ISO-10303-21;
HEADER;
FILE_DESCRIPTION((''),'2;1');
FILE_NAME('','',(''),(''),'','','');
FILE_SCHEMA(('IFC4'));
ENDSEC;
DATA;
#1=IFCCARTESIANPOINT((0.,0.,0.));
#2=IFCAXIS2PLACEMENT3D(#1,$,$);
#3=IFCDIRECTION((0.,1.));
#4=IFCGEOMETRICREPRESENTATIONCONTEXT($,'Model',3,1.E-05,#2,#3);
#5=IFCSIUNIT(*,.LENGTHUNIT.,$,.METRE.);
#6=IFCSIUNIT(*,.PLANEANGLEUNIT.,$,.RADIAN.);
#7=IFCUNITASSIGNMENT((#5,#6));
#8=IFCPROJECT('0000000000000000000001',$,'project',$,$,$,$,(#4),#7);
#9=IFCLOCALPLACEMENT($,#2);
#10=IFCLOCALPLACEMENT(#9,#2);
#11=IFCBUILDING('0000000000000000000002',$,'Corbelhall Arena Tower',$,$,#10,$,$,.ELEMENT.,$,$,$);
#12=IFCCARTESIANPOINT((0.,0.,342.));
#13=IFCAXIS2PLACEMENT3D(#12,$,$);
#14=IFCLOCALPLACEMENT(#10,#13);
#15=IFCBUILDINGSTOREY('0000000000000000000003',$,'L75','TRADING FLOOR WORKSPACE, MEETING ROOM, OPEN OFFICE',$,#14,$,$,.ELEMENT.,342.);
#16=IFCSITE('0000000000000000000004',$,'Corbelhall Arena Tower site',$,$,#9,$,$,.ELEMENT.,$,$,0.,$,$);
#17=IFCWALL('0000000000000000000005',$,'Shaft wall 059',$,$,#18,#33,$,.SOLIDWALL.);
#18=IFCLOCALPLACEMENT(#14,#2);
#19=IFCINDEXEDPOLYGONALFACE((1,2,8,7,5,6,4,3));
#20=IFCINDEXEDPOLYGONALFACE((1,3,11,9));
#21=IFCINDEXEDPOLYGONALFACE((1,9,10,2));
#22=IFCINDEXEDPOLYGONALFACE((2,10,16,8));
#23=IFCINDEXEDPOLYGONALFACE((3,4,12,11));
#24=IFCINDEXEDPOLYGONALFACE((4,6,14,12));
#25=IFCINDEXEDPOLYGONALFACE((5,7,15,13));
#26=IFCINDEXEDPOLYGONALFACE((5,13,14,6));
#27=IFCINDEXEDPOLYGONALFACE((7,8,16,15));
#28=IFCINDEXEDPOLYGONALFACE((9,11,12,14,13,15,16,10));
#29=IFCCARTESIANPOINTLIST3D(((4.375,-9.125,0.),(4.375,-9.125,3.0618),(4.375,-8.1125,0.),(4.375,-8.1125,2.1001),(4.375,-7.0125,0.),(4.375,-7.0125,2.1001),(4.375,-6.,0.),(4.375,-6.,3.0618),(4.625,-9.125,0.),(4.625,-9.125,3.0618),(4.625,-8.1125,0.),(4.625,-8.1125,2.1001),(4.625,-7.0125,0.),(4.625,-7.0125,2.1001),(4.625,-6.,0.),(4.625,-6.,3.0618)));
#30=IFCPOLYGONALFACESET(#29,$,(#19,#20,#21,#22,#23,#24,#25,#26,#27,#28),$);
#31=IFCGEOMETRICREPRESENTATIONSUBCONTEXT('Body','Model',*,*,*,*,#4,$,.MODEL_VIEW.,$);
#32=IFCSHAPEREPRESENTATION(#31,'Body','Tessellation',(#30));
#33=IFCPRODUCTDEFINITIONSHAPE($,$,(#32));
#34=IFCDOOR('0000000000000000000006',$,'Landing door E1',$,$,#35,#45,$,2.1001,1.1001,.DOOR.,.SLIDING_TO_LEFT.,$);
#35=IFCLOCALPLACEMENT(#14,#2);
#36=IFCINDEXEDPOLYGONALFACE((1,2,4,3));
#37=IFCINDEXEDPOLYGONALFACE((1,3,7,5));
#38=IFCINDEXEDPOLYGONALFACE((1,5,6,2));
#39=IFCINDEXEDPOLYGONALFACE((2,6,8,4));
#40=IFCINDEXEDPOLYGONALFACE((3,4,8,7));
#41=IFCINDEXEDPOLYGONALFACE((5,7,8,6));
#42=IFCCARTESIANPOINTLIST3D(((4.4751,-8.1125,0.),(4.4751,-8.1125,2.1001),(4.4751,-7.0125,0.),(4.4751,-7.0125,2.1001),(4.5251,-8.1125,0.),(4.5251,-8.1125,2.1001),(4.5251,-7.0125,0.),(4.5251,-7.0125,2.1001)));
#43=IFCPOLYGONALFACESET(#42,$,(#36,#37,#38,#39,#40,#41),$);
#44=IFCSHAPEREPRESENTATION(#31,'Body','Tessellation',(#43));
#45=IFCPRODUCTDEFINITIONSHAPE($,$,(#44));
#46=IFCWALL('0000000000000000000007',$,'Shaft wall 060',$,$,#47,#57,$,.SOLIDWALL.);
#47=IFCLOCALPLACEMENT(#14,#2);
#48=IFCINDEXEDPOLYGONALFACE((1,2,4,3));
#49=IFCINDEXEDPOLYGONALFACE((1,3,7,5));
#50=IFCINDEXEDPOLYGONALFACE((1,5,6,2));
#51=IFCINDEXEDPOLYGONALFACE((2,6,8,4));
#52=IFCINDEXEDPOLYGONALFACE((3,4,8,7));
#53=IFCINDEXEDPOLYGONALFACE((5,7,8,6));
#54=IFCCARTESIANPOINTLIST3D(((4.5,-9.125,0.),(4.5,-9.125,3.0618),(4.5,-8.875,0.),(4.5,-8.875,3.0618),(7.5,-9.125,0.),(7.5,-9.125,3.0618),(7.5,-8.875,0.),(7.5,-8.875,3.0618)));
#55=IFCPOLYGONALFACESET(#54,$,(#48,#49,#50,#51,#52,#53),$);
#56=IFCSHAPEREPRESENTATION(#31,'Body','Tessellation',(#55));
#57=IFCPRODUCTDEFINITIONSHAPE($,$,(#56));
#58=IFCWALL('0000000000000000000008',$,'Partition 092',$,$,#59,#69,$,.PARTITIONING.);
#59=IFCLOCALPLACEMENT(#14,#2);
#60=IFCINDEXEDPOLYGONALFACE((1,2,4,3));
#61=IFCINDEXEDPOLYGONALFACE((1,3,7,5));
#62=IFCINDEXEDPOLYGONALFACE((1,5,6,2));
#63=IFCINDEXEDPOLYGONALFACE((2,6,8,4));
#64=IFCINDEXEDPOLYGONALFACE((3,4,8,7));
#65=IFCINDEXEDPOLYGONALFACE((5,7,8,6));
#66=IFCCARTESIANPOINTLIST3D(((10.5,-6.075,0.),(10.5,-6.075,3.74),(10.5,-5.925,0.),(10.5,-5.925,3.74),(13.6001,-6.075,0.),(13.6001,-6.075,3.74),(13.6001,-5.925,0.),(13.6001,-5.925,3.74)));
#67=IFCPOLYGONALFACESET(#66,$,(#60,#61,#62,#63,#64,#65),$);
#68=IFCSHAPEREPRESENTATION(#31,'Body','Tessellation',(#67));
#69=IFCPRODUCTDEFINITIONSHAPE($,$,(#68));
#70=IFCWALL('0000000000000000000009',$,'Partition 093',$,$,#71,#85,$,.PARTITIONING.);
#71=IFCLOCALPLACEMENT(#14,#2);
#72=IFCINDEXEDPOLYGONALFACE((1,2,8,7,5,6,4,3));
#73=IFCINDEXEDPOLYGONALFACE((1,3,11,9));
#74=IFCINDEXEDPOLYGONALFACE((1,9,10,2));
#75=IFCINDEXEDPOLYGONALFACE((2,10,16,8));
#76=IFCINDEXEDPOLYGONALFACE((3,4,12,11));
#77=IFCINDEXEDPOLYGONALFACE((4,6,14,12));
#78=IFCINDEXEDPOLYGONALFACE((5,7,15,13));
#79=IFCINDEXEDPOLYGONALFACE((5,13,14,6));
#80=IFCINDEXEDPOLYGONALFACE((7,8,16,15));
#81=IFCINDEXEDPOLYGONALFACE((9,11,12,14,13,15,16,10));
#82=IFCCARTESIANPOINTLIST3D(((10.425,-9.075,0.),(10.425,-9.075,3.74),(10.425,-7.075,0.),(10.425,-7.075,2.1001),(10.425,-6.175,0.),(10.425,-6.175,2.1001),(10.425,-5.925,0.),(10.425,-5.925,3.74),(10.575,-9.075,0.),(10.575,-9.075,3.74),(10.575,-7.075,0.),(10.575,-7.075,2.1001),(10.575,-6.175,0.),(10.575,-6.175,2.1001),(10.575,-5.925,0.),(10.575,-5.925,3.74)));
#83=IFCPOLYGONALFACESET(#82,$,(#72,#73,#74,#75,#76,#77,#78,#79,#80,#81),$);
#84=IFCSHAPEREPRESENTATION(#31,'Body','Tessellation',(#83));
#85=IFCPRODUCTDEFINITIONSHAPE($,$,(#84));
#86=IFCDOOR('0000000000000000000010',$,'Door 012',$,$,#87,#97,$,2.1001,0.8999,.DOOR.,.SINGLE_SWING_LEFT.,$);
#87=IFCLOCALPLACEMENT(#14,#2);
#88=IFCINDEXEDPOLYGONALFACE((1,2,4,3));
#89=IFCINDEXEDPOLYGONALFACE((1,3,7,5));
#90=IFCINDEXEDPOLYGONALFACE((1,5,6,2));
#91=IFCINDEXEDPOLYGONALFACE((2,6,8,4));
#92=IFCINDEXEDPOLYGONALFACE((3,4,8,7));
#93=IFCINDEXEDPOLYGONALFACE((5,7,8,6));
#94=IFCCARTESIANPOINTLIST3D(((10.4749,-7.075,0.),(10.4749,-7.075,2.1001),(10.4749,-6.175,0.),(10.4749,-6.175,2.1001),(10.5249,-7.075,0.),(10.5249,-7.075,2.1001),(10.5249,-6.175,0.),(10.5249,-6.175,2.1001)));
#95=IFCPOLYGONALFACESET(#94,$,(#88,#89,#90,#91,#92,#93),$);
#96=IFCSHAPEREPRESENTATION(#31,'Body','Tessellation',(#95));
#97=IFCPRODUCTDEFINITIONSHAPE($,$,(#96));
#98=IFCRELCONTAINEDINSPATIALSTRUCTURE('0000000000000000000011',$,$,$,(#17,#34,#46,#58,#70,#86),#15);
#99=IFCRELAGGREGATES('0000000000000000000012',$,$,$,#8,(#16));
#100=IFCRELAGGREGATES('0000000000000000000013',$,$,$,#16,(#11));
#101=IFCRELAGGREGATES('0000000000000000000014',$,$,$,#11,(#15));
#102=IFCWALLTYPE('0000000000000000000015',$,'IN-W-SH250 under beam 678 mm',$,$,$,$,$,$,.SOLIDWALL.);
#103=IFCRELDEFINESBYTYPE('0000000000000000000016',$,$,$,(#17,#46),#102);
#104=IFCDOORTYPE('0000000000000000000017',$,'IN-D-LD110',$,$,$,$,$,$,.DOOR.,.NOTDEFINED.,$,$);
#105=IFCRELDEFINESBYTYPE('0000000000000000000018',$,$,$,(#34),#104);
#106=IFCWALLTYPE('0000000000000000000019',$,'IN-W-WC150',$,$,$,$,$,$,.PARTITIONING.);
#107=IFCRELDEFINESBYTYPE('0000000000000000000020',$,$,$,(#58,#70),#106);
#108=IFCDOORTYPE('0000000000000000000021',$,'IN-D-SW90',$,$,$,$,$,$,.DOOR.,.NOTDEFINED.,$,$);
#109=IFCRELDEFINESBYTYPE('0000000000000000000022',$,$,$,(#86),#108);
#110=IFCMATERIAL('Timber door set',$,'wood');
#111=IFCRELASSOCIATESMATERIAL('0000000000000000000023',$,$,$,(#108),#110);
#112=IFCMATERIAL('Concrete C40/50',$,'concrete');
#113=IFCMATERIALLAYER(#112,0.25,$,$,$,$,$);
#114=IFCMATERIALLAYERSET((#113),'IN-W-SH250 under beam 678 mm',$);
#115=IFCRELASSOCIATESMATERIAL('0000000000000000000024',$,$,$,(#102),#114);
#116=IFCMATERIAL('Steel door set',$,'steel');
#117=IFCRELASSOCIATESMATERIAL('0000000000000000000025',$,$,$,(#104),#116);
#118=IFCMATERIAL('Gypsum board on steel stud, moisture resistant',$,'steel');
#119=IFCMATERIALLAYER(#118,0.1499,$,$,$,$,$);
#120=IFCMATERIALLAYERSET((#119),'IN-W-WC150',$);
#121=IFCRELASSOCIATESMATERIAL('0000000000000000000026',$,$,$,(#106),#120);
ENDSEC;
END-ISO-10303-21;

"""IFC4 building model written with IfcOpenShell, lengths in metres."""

from ifc_helpers import new_model, si_unit, direction, frame, frame_2d, origin, place, context, subcontext, project, spatial, rectangle, extrude, material, layer, layer_set, type_object, element, fill, save


model = new_model("IFC4")

# Units and contexts
model_context = context("Model", 3, precision=1e-05, world=origin(), true_north=direction((0.0, 1.0)))
body_context = subcontext(model_context, "Body", "Model", "MODEL_VIEW")
ifc_project = project(units=[si_unit("LENGTHUNIT", "METRE"), si_unit("PLANEANGLEUNIT", "RADIAN")], contexts=[model_context])

# Site, building, storey
site_placement = place(None, origin())
site = spatial("IfcSite", under=ifc_project, at=site_placement, Name="Corbelhall Arena Tower site", CompositionType="ELEMENT", RefElevation=0.0)
building_placement = place(site_placement, origin())
building = spatial("IfcBuilding", under=site, at=building_placement, Name="Corbelhall Arena Tower", CompositionType="ELEMENT")
storey_placement = place(building_placement, frame((0.0, 0.0, 342.0)))
storey = spatial("IfcBuildingStorey", under=building, at=storey_placement, Name="L75", Description="TRADING FLOOR WORKSPACE, MEETING ROOM, OPEN OFFICE", CompositionType="ELEMENT", Elevation=342.0)

# Shared definitions
ifc_material_1 = material(Name="Concrete C40/50", Category="concrete")

# Shared definitions
ifc_material_2 = material(Name="Timber door set", Category="wood")
door_type_1 = type_object("IfcDoorType", Name="IN-D-SW90", OperationType="NOTDEFINED", PredefinedType="DOOR", material=ifc_material_2)

# Shared definitions
ifc_material_3 = material(Name="Steel door set", Category="steel")

# Wall, opening, door
ifc_layer_1 = layer(ifc_material_1, 0.25)
ifc_layer_set_1 = layer_set([ifc_layer_1], Name="IN-W-SH250 under beam 678 mm")
wall_type_1 = type_object("IfcWallType", Name="IN-W-SH250 under beam 678 mm", PredefinedType="SOLIDWALL", material=ifc_layer_set_1)
wall_1_placement = place(storey_placement, frame((4.5, -9.125, 0.0), z_axis=(0.0, 0.0, 1.0), x_axis=(0.0, 1.0, 0.0)))
wall_1 = element("IfcWall", 1, at=wall_1_placement, inside=storey, type_object=wall_type_1, Name="Shaft wall 059", PredefinedType="SOLIDWALL", context=body_context, shape_type="SweptSolid", body=[
    extrude(rectangle(XDim=3.125, YDim=0.25, at=frame_2d((1.5625, 0.0))), origin(), (0.0, 0.0, 1.0), 3.0618),
])
opening_1_placement = place(wall_1_placement, frame((1.0125, 0.0, 0.0)))
opening_1 = element("IfcOpeningElement", 2, at=opening_1_placement, cuts=wall_1, PredefinedType="OPENING", context=body_context, shape_type="SweptSolid", body=[
    extrude(rectangle(XDim=1.1001, YDim=2.1001, at=frame_2d((0.55, 1.05))), frame((0.0, 0.125, 0.0), z_axis=(0.0, -1.0, 0.0), x_axis=(1.0, 0.0, 0.0)), (0.0, 0.0, 1.0), 0.25),
])
door_type_2 = type_object("IfcDoorType", Name="IN-D-LD110", OperationType="NOTDEFINED", PredefinedType="DOOR", material=ifc_material_3)
door_1_placement = place(opening_1_placement, origin())
door_1 = element("IfcDoor", 3, at=door_1_placement, inside=storey, type_object=door_type_2, Name="Landing door E1", OperationType="SLIDING_TO_LEFT", OverallHeight=2.1001, OverallWidth=1.1001, PredefinedType="DOOR", context=body_context, shape_type="SweptSolid", body=[
    extrude(rectangle(XDim=1.1001, YDim=2.1001, at=frame_2d((0.55, 1.05))), frame((0.0, 0.0249, 0.0), z_axis=(0.0, -1.0, 0.0), x_axis=(1.0, 0.0, 0.0)), (0.0, 0.0, 1.0), 0.05),
])
fill(opening_1, door_1)

# Walls
wall_2_placement = place(storey_placement, frame((7.5, -9.0, 0.0), z_axis=(0.0, 0.0, 1.0), x_axis=(-1.0, 0.0, 0.0)))
element("IfcWall", 4, at=wall_2_placement, inside=storey, type_object=wall_type_1, Name="Shaft wall 060", PredefinedType="SOLIDWALL", context=body_context, shape_type="SweptSolid", body=[
    extrude(rectangle(XDim=3.0, YDim=0.25, at=frame_2d((1.5, 0.0))), origin(), (0.0, 0.0, 1.0), 3.0618),
])
ifc_material_4 = material(Name="Gypsum board on steel stud, moisture resistant", Category="steel")
ifc_layer_2 = layer(ifc_material_4, 0.1499)
ifc_layer_set_2 = layer_set([ifc_layer_2], Name="IN-W-WC150")
wall_type_2 = type_object("IfcWallType", Name="IN-W-WC150", PredefinedType="PARTITIONING", material=ifc_layer_set_2)
wall_3_placement = place(storey_placement, frame((10.5, -6.0, 0.0), z_axis=(0.0, 0.0, 1.0), x_axis=(1.0, 0.0, 0.0)))
element("IfcWall", 5, at=wall_3_placement, inside=storey, type_object=wall_type_2, Name="Partition 092", PredefinedType="PARTITIONING", context=body_context, shape_type="SweptSolid", body=[
    extrude(rectangle(XDim=3.1001, YDim=0.1499, at=frame_2d((1.55, 0.0))), origin(), (0.0, 0.0, 1.0), 3.74),
])

# Wall, opening, door
wall_4_placement = place(storey_placement, frame((10.5, -5.925, 0.0), z_axis=(0.0, 0.0, 1.0), x_axis=(0.0, -1.0, 0.0)))
wall_4 = element("IfcWall", 6, at=wall_4_placement, inside=storey, type_object=wall_type_2, Name="Partition 093", PredefinedType="PARTITIONING", context=body_context, shape_type="SweptSolid", body=[
    extrude(rectangle(XDim=3.1499, YDim=0.1499, at=frame_2d((1.575, 0.0))), origin(), (0.0, 0.0, 1.0), 3.74),
])
opening_2_placement = place(wall_4_placement, frame((0.25, 0.0, 0.0)))
opening_2 = element("IfcOpeningElement", 7, at=opening_2_placement, cuts=wall_4, PredefinedType="OPENING", context=body_context, shape_type="SweptSolid", body=[
    extrude(rectangle(XDim=0.8999, YDim=2.1001, at=frame_2d((0.45, 1.05))), frame((0.0, 0.075, 0.0), z_axis=(0.0, -1.0, 0.0), x_axis=(1.0, 0.0, 0.0)), (0.0, 0.0, 1.0), 0.1499),
])
door_2_placement = place(opening_2_placement, origin())
door_2 = element("IfcDoor", 8, at=door_2_placement, inside=storey, type_object=door_type_1, Name="Door 012", OperationType="SINGLE_SWING_LEFT", OverallHeight=2.1001, OverallWidth=0.8999, PredefinedType="DOOR", context=body_context, shape_type="SweptSolid", body=[
    extrude(rectangle(XDim=0.8999, YDim=2.1001, at=frame_2d((0.45, 1.05))), frame((0.0, 0.0249, 0.0), z_axis=(0.0, -1.0, 0.0), x_axis=(1.0, 0.0, 0.0)), (0.0, 0.0, 1.0), 0.05),
])
fill(opening_2, door_2)

save(model, "model.ifc")
